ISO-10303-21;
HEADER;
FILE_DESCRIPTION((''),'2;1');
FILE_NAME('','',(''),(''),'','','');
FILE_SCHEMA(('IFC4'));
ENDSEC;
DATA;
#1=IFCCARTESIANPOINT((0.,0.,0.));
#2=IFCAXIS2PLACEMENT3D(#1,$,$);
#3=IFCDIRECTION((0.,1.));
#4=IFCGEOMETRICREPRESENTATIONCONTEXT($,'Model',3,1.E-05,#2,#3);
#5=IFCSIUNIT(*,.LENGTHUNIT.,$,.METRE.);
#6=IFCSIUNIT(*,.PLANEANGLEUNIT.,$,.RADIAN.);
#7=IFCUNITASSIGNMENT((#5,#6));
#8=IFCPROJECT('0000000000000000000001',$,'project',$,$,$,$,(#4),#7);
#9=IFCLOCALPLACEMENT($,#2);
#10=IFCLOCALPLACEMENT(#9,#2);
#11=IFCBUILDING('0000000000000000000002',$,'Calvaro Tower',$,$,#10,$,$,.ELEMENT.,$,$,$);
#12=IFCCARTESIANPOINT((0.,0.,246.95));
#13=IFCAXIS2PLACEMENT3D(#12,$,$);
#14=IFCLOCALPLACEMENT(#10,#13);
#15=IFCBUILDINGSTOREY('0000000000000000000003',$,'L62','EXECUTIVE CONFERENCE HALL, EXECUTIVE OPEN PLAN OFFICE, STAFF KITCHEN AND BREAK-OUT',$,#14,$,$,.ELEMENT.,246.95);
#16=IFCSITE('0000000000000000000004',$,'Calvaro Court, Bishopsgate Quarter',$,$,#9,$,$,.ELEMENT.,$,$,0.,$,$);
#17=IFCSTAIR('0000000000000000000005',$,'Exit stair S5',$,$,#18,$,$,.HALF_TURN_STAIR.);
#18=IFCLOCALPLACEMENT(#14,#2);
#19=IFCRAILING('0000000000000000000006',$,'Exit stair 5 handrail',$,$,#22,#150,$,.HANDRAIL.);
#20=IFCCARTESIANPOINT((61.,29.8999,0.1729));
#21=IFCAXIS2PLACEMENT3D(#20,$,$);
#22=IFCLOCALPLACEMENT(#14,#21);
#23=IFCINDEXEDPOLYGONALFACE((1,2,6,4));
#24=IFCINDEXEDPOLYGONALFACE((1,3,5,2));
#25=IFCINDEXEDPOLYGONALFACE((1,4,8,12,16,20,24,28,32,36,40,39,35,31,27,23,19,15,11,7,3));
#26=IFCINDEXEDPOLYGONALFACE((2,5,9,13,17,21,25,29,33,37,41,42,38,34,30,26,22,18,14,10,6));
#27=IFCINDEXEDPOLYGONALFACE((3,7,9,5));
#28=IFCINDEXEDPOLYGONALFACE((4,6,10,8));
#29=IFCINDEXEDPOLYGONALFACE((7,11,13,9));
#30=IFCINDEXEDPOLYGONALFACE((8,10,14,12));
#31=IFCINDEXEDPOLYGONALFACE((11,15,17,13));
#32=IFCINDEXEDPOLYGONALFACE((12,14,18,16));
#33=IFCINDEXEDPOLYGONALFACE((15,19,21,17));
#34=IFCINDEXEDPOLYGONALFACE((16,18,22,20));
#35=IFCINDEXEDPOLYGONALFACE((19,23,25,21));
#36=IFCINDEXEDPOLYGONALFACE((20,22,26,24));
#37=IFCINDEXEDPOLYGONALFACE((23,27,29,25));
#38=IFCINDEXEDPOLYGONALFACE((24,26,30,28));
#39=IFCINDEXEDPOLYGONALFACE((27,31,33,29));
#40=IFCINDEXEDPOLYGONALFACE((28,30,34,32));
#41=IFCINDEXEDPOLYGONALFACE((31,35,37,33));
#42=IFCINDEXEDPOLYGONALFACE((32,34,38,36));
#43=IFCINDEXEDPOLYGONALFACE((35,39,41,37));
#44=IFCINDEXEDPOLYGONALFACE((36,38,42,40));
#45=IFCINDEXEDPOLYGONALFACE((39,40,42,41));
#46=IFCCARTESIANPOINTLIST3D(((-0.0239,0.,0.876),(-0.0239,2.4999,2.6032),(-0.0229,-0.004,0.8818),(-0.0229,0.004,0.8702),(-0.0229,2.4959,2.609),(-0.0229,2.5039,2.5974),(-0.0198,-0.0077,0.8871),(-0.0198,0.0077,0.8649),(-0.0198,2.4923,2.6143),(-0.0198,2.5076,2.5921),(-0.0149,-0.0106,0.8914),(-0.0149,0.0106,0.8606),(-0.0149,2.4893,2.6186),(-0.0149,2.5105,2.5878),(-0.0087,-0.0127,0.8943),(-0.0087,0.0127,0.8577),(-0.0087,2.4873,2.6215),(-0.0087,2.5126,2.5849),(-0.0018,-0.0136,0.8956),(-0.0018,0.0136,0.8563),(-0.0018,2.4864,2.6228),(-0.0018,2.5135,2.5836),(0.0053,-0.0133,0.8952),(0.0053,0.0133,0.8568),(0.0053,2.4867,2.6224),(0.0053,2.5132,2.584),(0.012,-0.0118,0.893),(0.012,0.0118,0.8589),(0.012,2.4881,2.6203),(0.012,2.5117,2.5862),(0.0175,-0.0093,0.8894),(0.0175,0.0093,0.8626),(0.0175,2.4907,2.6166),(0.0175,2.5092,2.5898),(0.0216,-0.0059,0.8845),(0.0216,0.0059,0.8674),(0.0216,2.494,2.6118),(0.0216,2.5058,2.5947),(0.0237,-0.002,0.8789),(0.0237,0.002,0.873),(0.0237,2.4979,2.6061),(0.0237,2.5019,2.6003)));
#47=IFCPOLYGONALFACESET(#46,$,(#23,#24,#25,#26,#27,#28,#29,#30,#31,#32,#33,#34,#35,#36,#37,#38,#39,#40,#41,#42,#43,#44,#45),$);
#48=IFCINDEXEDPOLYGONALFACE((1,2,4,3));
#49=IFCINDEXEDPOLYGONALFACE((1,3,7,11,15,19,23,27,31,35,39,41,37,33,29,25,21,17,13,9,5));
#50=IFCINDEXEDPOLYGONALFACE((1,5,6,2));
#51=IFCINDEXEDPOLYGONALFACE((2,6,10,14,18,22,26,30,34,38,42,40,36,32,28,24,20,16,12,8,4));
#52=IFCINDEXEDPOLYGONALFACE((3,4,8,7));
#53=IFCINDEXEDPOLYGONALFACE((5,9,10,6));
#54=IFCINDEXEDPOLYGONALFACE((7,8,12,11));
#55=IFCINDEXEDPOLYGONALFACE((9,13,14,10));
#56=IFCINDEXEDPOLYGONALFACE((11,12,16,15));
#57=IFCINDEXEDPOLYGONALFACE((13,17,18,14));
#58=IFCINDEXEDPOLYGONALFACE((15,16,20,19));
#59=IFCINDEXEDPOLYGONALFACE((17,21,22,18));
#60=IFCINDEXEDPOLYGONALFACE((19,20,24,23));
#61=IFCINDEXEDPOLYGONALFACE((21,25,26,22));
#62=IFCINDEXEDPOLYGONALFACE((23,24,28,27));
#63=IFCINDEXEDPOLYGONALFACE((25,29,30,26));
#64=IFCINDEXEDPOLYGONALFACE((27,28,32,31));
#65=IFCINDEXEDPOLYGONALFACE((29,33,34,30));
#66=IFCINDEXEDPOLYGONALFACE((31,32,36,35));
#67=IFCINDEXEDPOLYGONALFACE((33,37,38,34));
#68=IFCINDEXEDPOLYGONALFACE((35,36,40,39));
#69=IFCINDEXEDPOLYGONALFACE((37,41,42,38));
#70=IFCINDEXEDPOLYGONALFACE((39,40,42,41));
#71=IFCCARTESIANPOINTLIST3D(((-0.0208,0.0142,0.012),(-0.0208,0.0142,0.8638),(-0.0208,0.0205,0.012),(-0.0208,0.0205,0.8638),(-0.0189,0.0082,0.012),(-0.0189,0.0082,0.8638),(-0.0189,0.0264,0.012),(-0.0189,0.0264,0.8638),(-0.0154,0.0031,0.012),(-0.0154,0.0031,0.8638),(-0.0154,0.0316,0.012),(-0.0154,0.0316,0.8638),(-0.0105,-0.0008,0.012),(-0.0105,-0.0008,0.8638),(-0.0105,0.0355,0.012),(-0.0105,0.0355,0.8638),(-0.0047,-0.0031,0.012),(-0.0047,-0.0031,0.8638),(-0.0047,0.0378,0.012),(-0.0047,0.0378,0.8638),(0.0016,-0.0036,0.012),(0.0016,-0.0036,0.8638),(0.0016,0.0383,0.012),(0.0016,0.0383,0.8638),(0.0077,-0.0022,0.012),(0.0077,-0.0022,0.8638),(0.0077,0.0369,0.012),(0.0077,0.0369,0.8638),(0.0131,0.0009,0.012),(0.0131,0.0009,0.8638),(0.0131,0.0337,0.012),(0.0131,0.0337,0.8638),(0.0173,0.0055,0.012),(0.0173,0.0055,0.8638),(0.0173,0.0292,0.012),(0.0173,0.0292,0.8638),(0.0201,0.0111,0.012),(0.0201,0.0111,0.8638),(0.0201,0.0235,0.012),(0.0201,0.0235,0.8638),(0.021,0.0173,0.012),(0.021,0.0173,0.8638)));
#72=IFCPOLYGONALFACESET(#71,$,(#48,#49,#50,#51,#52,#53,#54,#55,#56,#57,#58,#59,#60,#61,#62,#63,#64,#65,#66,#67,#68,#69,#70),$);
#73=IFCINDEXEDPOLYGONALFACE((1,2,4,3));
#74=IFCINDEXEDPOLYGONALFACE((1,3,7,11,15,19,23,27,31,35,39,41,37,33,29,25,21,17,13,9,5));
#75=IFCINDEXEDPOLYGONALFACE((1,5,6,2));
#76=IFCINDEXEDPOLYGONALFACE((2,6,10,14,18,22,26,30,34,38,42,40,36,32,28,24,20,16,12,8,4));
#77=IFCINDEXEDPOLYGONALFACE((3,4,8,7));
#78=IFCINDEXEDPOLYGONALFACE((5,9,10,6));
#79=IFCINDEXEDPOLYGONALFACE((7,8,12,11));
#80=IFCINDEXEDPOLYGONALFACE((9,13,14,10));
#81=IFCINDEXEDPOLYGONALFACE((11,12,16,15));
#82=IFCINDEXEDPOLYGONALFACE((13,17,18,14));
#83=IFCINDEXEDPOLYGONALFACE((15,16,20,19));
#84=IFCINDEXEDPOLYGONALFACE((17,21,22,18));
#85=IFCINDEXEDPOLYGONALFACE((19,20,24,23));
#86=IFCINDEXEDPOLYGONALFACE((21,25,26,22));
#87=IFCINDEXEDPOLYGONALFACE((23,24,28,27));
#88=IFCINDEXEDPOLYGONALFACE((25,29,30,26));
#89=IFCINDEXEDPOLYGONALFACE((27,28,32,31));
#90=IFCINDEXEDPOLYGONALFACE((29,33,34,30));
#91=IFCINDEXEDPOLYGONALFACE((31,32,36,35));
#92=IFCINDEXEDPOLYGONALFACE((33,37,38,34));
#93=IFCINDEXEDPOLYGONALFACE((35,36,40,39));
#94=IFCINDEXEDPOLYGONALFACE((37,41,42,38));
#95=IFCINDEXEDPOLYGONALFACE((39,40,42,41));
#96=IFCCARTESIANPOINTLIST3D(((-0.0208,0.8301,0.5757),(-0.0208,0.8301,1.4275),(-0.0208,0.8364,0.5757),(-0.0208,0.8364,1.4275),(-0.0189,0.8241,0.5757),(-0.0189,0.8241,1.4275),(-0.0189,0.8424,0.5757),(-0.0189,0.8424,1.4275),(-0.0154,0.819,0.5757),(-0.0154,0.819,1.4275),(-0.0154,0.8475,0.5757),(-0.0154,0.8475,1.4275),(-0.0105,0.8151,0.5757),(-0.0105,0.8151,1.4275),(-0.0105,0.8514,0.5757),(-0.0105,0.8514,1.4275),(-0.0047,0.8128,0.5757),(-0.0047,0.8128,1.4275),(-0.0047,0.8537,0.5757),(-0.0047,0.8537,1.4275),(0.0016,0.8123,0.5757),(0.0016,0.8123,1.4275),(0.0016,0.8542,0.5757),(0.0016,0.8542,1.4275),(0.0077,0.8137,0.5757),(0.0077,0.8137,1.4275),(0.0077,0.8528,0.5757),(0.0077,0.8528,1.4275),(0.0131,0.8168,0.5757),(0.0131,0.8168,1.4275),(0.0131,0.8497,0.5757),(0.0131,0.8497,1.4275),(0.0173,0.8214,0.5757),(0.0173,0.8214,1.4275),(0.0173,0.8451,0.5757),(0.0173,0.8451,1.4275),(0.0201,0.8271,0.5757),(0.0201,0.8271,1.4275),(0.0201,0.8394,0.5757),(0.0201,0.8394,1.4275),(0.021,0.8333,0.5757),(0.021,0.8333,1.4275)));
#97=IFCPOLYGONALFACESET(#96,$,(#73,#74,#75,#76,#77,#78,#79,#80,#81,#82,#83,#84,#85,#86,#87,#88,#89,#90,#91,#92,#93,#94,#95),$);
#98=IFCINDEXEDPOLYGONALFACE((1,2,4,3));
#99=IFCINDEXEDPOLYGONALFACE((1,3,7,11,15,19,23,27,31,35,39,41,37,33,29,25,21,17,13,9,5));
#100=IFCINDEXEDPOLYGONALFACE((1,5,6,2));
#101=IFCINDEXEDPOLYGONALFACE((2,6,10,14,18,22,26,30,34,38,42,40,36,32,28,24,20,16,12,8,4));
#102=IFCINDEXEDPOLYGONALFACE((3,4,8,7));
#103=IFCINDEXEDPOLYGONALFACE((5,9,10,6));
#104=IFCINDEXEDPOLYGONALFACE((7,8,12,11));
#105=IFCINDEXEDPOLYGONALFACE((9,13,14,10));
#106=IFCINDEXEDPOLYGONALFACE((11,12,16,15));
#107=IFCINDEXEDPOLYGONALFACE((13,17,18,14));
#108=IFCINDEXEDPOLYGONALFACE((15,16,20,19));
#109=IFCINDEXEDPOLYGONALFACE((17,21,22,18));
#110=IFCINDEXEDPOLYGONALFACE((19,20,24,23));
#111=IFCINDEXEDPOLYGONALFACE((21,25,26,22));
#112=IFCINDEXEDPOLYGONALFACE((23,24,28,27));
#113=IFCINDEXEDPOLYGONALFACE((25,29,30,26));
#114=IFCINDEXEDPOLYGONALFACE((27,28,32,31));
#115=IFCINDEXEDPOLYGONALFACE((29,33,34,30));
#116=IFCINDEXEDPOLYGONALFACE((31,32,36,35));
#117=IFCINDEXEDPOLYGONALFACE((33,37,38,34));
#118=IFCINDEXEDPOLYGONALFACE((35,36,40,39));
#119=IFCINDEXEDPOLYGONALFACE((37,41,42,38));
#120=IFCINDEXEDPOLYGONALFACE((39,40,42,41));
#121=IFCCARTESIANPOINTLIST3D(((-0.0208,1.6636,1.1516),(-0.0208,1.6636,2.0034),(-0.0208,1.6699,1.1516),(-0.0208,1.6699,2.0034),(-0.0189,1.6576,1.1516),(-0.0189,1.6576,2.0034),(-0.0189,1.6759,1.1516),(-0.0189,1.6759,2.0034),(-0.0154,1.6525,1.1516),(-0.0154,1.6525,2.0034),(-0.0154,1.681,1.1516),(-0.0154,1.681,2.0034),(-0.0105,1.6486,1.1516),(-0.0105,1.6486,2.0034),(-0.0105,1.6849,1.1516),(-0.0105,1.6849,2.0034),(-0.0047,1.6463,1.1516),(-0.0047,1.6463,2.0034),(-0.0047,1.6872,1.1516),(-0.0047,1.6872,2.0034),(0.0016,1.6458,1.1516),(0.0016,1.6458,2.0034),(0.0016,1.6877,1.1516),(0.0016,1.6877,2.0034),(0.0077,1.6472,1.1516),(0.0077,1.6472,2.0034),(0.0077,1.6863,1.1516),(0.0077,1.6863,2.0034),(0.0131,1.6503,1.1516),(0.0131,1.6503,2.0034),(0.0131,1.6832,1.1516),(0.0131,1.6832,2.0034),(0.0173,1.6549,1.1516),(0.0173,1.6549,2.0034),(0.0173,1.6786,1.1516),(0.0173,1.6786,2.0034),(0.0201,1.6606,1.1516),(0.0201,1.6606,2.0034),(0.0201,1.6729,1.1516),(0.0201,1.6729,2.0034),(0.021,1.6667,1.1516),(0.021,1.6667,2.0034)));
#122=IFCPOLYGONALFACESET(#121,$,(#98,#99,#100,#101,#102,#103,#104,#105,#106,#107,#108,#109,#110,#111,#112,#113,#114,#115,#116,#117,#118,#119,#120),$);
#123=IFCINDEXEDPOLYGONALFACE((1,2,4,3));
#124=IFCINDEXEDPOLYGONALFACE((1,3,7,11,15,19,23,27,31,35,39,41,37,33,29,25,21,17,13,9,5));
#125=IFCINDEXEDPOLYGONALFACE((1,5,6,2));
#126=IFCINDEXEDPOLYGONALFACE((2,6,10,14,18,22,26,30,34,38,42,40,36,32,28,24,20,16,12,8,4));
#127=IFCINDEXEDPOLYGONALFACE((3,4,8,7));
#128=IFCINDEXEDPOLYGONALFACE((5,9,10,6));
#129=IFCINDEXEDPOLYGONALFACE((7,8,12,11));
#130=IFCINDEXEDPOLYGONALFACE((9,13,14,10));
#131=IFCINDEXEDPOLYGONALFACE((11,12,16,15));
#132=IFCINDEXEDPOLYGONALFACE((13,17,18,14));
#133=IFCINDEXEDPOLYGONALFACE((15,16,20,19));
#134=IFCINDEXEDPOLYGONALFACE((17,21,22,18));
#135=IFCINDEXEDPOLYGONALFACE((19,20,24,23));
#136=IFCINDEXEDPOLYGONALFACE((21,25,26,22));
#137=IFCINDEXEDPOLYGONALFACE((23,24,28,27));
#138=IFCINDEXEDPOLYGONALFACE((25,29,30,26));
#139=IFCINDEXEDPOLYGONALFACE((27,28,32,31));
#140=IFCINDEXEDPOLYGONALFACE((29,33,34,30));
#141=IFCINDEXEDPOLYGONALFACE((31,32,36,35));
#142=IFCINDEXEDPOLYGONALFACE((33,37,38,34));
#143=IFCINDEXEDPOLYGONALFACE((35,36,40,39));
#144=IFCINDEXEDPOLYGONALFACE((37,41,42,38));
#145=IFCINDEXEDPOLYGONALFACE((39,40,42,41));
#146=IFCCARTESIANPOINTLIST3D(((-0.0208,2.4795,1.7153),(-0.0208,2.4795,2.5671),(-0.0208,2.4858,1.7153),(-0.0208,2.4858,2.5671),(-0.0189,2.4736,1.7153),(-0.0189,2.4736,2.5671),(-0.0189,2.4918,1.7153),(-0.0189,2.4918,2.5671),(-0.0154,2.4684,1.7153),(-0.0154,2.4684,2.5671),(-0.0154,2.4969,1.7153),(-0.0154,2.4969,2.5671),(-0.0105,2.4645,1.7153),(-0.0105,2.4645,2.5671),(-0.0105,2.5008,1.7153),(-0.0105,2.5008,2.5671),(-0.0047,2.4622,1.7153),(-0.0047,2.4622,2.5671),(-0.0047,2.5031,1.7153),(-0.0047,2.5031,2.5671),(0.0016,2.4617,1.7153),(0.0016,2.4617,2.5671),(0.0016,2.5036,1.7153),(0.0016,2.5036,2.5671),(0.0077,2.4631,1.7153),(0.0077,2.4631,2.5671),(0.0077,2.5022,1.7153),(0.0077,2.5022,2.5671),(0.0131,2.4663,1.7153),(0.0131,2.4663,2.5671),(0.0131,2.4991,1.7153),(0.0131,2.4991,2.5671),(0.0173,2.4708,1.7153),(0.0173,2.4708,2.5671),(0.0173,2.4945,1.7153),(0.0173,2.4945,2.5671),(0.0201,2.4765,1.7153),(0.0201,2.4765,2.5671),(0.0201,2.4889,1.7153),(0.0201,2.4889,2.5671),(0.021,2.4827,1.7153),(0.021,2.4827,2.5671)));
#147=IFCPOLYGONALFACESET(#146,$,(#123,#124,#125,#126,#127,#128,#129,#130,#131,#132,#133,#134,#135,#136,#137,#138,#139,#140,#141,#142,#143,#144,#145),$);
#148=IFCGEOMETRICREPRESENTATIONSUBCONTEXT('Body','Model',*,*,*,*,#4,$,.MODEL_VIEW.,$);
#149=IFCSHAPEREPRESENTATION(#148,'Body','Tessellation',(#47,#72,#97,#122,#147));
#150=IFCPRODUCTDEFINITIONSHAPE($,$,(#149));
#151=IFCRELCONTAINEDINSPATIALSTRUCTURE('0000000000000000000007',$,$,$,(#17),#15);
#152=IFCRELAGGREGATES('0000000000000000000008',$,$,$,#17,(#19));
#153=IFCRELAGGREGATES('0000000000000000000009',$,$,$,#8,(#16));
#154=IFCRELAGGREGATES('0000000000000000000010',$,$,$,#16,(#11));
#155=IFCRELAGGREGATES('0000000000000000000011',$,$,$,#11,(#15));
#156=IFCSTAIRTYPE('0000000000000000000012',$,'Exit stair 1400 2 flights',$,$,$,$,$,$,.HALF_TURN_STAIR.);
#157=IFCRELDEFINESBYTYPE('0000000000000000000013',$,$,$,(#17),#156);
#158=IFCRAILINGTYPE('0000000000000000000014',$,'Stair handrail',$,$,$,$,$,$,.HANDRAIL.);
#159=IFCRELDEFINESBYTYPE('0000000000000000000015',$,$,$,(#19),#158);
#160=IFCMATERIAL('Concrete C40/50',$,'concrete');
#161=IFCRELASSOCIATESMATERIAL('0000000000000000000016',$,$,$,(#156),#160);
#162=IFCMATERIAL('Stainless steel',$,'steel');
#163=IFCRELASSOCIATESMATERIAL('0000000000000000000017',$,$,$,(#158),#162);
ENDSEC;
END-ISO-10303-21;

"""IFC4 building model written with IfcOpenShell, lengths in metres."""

from ifc_helpers import new_model, si_unit, direction, frame, origin, origin_2d, place, context, subcontext, project, spatial, circle, extrude, material, type_object, element, aggregate, save


model = new_model("IFC4")

# Units and contexts
model_context = context("Model", 3, precision=1e-05, world=origin(), true_north=direction((0.0, 1.0)))
body_context = subcontext(model_context, "Body", "Model", "MODEL_VIEW")
ifc_project = project(units=[si_unit("LENGTHUNIT", "METRE"), si_unit("PLANEANGLEUNIT", "RADIAN")], contexts=[model_context])

# Site, building, storey
site_placement = place(None, origin())
site = spatial("IfcSite", under=ifc_project, at=site_placement, Name="Calvaro Court, Bishopsgate Quarter", CompositionType="ELEMENT", RefElevation=0.0)
building_placement = place(site_placement, origin())
building = spatial("IfcBuilding", under=site, at=building_placement, Name="Calvaro Tower", CompositionType="ELEMENT")
storey_placement = place(building_placement, frame((0.0, 0.0, 246.95)))
storey = spatial("IfcBuildingStorey", under=building, at=storey_placement, Name="L62", Description="EXECUTIVE CONFERENCE HALL, EXECUTIVE OPEN PLAN OFFICE, STAFF KITCHEN AND BREAK-OUT", CompositionType="ELEMENT", Elevation=246.95)

# Shared definitions
ifc_material_1 = material(Name="Concrete C40/50", Category="concrete")
stair_type = type_object("IfcStairType", Name="Exit stair 1400 2 flights", PredefinedType="HALF_TURN_STAIR", material=ifc_material_1)

# Stair
stair_1_placement = place(storey_placement, origin())
stair_1 = element("IfcStair", 1, at=stair_1_placement, inside=storey, type_object=stair_type, Name="Exit stair S5", PredefinedType="HALF_TURN_STAIR")

# Railing
ifc_material_2 = material(Name="Stainless steel", Category="steel")
railing_type = type_object("IfcRailingType", Name="Stair handrail", PredefinedType="HANDRAIL", material=ifc_material_2)
railing_1_placement = place(storey_placement, frame((61.0, 29.8999, 0.1729)))
railing_1 = element("IfcRailing", 2, at=railing_1_placement, type_object=railing_type, Name="Exit stair 5 handrail", PredefinedType="HANDRAIL", context=body_context, shape_type="SweptSolid", body=[
    extrude(circle(Radius=0.0239, at=origin_2d()), frame((0.0, 0.0, 0.876), z_axis=(0.0, 0.822727, 0.568437), x_axis=(-1.0, 0.0, 0.0)), (0.0, 0.0, 1.0), 3.0386),
    extrude(circle(Radius=0.021, at=origin_2d()), frame((0.0, 0.0173, 0.012)), (0.0, 0.0, 1.0), 0.8518),
    extrude(circle(Radius=0.021, at=origin_2d()), frame((0.0, 0.8333, 0.5757)), (0.0, 0.0, 1.0), 0.8518),
    extrude(circle(Radius=0.021, at=origin_2d()), frame((0.0, 1.6667, 1.1516)), (0.0, 0.0, 1.0), 0.8518),
    extrude(circle(Radius=0.021, at=origin_2d()), frame((0.0, 2.4827, 1.7153)), (0.0, 0.0, 1.0), 0.8518),
])
aggregate(stair_1, [railing_1])

save(model, "model.ifc")
